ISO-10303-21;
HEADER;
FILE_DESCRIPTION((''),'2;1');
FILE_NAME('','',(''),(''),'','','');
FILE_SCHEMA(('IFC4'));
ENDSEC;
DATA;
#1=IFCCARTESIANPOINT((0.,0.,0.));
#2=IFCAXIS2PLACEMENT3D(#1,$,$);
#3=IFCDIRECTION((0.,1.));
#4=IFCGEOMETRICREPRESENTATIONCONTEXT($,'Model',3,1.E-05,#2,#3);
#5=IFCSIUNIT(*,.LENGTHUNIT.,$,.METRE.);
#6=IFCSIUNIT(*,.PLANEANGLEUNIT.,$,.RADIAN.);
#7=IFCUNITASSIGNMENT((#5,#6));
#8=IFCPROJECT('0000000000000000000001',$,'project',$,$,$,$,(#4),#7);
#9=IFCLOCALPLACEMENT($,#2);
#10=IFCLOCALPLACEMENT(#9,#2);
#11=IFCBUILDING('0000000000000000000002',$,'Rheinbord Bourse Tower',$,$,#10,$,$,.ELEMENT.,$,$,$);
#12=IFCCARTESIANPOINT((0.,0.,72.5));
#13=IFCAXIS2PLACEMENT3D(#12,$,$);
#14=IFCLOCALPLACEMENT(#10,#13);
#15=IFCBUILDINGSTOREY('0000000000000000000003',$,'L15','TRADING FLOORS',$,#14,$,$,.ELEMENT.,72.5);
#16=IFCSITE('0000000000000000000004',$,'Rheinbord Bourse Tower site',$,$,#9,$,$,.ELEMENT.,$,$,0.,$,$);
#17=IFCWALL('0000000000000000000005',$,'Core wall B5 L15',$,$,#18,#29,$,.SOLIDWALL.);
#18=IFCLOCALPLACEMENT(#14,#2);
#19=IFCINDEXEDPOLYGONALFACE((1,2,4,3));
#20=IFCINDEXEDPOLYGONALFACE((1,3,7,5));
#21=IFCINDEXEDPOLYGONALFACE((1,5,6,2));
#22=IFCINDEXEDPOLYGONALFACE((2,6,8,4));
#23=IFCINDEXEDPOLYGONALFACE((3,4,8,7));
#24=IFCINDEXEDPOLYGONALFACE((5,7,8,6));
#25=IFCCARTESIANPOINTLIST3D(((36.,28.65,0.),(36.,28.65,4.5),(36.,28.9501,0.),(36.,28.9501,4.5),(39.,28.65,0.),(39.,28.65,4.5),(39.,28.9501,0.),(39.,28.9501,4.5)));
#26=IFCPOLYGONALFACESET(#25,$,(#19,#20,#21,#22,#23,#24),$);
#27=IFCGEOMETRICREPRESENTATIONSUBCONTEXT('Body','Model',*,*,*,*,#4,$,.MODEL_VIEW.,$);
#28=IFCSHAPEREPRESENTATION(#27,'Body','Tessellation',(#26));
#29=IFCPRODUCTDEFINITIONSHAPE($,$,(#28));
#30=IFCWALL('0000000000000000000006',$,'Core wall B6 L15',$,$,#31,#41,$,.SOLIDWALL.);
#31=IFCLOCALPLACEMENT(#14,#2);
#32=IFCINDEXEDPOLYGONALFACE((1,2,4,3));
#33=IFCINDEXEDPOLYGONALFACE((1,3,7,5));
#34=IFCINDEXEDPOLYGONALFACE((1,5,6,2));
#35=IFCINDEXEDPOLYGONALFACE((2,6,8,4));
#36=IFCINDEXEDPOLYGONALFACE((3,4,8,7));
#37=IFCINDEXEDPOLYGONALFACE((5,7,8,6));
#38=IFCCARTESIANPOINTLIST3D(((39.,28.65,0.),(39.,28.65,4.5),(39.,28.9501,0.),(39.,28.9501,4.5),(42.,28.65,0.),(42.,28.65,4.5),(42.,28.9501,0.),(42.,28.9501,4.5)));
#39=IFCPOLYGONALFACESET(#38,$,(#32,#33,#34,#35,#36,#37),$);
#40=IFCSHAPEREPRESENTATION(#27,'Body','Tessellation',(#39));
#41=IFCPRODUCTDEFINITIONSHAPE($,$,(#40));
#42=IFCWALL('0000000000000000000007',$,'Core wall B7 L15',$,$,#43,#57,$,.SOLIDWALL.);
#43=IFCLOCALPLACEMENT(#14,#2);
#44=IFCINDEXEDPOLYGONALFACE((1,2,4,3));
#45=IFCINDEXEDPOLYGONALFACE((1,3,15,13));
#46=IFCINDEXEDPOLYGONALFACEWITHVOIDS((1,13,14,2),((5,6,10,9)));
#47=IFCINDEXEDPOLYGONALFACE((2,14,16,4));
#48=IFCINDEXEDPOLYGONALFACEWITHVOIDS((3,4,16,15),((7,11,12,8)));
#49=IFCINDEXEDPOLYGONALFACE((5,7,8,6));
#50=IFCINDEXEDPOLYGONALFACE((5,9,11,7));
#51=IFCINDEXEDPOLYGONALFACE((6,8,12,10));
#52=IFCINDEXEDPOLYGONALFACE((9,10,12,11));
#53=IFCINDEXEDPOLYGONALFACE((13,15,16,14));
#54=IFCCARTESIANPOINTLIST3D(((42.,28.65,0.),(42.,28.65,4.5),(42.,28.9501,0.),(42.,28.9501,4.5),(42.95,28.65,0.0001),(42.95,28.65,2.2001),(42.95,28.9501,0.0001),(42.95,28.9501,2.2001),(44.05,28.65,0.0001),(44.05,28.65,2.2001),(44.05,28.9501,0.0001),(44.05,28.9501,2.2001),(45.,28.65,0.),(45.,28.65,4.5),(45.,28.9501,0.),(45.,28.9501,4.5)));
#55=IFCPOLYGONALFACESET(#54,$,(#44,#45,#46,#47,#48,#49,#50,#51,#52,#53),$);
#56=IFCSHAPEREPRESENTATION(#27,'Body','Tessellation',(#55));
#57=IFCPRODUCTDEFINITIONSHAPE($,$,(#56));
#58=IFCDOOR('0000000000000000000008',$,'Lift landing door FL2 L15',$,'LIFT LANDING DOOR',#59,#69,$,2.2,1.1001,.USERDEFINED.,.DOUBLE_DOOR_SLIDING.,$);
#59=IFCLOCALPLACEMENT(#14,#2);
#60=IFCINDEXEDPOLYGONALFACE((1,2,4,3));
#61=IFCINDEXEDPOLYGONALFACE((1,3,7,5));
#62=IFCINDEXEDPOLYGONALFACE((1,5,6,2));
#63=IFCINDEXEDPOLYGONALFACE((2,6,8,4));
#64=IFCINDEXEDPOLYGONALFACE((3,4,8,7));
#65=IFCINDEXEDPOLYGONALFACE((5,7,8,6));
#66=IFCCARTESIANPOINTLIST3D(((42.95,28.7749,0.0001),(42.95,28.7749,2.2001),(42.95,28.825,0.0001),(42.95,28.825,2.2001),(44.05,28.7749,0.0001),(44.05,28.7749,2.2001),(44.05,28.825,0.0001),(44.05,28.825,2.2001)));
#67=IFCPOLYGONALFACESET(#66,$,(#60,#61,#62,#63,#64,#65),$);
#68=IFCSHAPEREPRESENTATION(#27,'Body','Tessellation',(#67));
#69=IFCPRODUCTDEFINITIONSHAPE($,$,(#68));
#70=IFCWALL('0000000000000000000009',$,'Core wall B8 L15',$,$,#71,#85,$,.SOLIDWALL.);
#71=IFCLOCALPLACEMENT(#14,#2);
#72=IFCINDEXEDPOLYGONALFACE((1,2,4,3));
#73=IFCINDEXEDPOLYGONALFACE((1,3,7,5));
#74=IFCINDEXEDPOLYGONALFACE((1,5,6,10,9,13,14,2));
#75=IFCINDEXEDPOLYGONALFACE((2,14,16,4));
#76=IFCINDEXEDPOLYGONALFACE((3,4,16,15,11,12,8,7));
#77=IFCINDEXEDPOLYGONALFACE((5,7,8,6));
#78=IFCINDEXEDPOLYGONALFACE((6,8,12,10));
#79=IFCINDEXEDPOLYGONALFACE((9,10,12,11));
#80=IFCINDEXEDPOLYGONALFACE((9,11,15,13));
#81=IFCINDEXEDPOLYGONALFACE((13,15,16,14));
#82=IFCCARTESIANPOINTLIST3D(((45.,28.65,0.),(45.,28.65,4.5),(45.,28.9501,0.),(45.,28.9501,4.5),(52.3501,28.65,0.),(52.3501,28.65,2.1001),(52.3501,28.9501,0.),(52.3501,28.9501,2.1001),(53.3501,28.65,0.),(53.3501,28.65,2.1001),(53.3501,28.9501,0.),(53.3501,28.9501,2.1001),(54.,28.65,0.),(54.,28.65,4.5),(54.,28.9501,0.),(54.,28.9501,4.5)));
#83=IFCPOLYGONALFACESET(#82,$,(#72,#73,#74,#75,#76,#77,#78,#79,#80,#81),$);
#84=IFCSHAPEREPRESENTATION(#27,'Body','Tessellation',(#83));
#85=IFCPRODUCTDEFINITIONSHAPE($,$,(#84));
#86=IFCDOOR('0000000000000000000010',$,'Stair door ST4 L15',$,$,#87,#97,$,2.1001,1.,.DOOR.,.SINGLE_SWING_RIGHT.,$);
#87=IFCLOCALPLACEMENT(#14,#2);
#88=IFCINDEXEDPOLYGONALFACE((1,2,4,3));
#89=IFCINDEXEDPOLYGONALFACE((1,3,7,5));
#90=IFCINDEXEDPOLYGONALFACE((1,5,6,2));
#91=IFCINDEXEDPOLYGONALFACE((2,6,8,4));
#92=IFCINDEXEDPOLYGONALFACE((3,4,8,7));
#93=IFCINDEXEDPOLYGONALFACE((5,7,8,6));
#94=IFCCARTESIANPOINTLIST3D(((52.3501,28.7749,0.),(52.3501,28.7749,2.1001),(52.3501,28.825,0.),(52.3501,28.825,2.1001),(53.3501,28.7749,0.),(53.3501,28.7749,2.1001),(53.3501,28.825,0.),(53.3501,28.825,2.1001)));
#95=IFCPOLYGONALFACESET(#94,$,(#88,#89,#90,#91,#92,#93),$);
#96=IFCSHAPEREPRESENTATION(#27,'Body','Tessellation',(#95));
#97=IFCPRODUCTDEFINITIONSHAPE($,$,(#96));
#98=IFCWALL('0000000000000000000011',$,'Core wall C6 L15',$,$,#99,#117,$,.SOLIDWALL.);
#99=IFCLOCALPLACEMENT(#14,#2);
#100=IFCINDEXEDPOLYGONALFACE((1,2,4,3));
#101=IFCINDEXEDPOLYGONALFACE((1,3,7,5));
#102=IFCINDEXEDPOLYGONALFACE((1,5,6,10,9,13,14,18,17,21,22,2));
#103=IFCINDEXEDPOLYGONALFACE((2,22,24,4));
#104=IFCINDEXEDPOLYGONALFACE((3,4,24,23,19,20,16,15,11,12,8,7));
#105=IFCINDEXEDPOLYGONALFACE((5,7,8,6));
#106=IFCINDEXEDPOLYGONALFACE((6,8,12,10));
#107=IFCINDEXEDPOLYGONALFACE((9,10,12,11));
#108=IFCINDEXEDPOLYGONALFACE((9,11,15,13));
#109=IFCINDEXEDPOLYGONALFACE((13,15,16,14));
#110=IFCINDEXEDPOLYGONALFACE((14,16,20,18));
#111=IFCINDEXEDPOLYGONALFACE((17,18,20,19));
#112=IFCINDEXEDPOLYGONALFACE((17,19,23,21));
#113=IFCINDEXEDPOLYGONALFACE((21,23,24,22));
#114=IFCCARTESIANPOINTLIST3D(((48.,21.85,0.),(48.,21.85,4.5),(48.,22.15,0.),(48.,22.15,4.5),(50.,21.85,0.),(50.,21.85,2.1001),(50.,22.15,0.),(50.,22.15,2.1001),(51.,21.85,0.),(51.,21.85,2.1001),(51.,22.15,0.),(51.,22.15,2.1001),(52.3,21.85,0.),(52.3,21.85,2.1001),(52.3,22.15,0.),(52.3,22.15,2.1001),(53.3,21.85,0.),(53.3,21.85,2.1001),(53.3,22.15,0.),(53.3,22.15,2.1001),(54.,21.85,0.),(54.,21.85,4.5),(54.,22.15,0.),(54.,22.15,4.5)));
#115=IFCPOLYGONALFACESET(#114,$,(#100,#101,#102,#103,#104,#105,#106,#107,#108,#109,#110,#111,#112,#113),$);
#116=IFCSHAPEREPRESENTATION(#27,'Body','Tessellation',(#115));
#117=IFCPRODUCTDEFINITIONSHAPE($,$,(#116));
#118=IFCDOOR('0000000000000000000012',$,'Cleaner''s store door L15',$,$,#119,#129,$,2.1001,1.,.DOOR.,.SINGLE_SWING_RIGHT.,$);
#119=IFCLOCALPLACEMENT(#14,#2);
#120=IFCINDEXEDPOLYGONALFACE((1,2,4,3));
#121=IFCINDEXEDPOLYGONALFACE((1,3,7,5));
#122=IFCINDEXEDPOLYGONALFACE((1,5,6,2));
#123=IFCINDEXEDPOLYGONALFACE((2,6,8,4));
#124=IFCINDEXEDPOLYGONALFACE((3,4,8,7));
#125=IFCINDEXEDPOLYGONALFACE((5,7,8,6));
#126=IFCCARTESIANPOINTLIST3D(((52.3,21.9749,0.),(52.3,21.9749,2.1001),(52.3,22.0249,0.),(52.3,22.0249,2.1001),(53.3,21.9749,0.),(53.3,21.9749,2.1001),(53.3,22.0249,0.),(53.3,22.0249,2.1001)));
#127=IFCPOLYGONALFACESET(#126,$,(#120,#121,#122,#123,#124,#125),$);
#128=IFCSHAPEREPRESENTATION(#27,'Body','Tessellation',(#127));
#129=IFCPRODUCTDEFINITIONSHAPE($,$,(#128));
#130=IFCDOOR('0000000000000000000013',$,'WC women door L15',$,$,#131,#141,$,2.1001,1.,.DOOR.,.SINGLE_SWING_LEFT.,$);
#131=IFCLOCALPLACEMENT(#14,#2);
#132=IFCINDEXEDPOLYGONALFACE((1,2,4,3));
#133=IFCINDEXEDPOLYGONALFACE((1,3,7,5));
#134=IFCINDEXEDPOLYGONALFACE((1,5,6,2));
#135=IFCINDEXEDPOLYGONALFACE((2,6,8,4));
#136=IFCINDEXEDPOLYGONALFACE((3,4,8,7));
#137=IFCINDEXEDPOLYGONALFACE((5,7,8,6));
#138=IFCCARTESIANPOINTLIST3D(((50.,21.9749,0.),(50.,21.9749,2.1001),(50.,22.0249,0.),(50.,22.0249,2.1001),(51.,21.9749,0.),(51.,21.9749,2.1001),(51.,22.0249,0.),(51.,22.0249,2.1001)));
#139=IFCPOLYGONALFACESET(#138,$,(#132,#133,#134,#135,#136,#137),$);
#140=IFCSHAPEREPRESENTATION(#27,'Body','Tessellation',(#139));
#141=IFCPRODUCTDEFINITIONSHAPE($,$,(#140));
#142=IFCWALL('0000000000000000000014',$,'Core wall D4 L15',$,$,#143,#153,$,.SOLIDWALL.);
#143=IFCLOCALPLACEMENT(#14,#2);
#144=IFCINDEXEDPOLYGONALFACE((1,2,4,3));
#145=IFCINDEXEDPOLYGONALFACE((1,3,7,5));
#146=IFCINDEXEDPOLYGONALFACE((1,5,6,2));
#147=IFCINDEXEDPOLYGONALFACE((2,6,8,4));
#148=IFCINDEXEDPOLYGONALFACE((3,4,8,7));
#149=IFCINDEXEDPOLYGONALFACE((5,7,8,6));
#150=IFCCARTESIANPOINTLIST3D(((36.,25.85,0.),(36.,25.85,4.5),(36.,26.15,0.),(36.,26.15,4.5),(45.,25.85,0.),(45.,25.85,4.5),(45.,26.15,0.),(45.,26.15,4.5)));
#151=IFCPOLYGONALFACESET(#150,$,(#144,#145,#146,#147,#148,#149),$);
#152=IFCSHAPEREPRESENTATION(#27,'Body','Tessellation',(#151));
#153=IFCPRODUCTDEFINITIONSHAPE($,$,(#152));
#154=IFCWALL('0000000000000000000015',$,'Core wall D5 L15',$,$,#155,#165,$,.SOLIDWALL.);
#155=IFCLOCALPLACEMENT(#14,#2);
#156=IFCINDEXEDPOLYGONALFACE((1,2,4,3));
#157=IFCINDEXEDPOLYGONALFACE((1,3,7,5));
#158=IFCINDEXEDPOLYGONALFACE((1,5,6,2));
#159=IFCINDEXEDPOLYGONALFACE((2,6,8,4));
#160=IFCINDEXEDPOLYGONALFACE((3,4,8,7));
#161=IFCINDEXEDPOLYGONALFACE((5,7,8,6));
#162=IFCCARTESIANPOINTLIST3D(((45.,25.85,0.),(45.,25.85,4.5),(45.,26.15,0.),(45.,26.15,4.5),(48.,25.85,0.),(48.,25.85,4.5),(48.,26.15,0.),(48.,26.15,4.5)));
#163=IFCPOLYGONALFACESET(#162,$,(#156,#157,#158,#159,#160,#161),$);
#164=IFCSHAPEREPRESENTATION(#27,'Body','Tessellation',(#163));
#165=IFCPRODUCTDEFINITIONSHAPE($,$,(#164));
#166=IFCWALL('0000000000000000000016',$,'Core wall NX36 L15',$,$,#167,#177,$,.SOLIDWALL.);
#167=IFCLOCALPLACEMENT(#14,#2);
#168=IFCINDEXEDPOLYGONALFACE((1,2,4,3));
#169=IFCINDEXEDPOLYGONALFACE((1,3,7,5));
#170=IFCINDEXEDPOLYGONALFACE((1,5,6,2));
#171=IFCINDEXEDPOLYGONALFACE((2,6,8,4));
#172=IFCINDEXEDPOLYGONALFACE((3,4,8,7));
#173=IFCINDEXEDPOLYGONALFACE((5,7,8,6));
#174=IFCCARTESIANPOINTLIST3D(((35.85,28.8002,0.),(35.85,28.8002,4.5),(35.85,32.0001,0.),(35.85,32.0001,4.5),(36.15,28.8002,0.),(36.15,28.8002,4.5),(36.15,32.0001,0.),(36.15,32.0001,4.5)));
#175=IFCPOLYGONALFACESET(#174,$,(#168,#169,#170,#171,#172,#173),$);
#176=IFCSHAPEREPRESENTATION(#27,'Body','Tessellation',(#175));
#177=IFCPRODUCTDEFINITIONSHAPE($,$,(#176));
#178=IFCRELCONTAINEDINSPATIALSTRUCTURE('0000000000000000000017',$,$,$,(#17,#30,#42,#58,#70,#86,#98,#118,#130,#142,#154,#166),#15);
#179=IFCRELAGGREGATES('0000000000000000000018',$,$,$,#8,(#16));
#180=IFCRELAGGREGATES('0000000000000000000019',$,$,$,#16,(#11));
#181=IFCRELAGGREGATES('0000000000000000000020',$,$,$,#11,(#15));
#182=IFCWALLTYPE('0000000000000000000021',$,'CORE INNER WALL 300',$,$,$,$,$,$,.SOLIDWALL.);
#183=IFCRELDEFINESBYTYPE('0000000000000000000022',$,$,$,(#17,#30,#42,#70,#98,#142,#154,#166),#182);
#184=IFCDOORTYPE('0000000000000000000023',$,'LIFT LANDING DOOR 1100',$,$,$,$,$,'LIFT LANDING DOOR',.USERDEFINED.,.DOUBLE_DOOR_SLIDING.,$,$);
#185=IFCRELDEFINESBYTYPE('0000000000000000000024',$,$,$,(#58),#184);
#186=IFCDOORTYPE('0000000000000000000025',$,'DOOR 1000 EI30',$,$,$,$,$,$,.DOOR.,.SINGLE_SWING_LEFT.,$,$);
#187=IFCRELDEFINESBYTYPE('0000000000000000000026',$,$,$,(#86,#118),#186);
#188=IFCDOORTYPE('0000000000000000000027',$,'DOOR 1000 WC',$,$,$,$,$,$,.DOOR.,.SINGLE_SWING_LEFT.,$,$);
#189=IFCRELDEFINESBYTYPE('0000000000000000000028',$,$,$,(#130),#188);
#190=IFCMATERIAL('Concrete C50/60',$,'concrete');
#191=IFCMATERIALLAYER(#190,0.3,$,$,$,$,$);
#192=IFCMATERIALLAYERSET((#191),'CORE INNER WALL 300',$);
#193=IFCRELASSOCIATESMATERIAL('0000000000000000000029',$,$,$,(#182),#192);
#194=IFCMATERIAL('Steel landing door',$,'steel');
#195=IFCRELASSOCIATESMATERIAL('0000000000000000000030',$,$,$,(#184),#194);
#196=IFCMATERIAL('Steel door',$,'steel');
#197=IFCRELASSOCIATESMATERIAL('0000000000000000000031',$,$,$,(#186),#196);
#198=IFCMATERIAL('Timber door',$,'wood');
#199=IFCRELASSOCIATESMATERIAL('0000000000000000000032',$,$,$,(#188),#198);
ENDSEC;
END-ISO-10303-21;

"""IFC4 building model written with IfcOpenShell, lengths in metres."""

from ifc_helpers import new_model, si_unit, direction, frame, frame_2d, origin, place, context, subcontext, project, spatial, rectangle, extrude, material, layer, layer_set, type_object, element, fill, save


model = new_model("IFC4")

# Units and contexts
model_context = context("Model", 3, precision=1e-05, world=origin(), true_north=direction((0.0, 1.0)))
body_context = subcontext(model_context, "Body", "Model", "MODEL_VIEW")
ifc_project = project(units=[si_unit("LENGTHUNIT", "METRE"), si_unit("PLANEANGLEUNIT", "RADIAN")], contexts=[model_context])

# Site, building, storey
site_placement = place(None, origin())
site = spatial("IfcSite", under=ifc_project, at=site_placement, Name="Rheinbord Bourse Tower site", CompositionType="ELEMENT", RefElevation=0.0)
building_placement = place(site_placement, origin())
building = spatial("IfcBuilding", under=site, at=building_placement, Name="Rheinbord Bourse Tower", CompositionType="ELEMENT")
storey_placement = place(building_placement, frame((0.0, 0.0, 72.5)))
storey = spatial("IfcBuildingStorey", under=building, at=storey_placement, Name="L15", Description="TRADING FLOORS", CompositionType="ELEMENT", Elevation=72.5)

# Walls
ifc_material_1 = material(Name="Concrete C50/60", Category="concrete")
ifc_layer_1 = layer(ifc_material_1, 0.3)
ifc_layer_set_1 = layer_set([ifc_layer_1], Name="CORE INNER WALL 300")
wall_type_1 = type_object("IfcWallType", Name="CORE INNER WALL 300", PredefinedType="SOLIDWALL", material=ifc_layer_set_1)
for number, where, z_axis, x_axis, name in (
    (1, (36.0, 28.8, 0.0), (0.0, 0.0, 1.0), (1.0, 0.0, 0.0), "Core wall B5 L15"),
    (2, (39.0, 28.8, 0.0), (0.0, 0.0, 1.0), (1.0, 0.0, 0.0), "Core wall B6 L15"),
):
    element("IfcWall", number, at=place(storey_placement, frame(where, z_axis=z_axis, x_axis=x_axis)), inside=storey, type_object=wall_type_1, Name=name, PredefinedType="SOLIDWALL", context=body_context, shape_type="SweptSolid", body=[
        extrude(rectangle(XDim=3.0, YDim=0.3, at=frame_2d((1.5, 0.0))), origin(), (0.0, 0.0, 1.0), 4.5),
    ])

# Walls, openings, doors
wall_1_placement = place(storey_placement, frame((42.0, 28.8, 0.0), z_axis=(0.0, 0.0, 1.0), x_axis=(1.0, 0.0, 0.0)))
wall_1 = element("IfcWall", 3, at=wall_1_placement, inside=storey, type_object=wall_type_1, Name="Core wall B7 L15", PredefinedType="SOLIDWALL", context=body_context, shape_type="SweptSolid", body=[
    extrude(rectangle(XDim=3.0, YDim=0.3, at=frame_2d((1.5, 0.0))), origin(), (0.0, 0.0, 1.0), 4.5),
])
opening_1_placement = place(wall_1_placement, frame((0.95, 0.0, 0.0)))
opening_1 = element("IfcOpeningElement", 4, at=opening_1_placement, cuts=wall_1, PredefinedType="OPENING", context=body_context, shape_type="SweptSolid", body=[
    extrude(rectangle(XDim=1.1001, YDim=2.2, at=frame_2d((0.55, 1.1001))), frame((0.0, 0.1599, 0.0), z_axis=(0.0, -1.0, 0.0), x_axis=(1.0, 0.0, 0.0)), (0.0, 0.0, 1.0), 0.3201),
])
ifc_material_2 = material(Name="Steel landing door", Category="steel")
door_type_1 = type_object("IfcDoorType", Name="LIFT LANDING DOOR 1100", ElementType="LIFT LANDING DOOR", OperationType="DOUBLE_DOOR_SLIDING", PredefinedType="USERDEFINED", material=ifc_material_2)
door_1_placement = place(opening_1_placement, origin())
door_1 = element("IfcDoor", 5, at=door_1_placement, inside=storey, type_object=door_type_1, Name="Lift landing door FL2 L15", ObjectType="LIFT LANDING DOOR", OperationType="DOUBLE_DOOR_SLIDING", OverallHeight=2.2, OverallWidth=1.1001, PredefinedType="USERDEFINED", context=body_context, shape_type="SweptSolid", body=[
    extrude(rectangle(XDim=1.1001, YDim=2.2, at=frame_2d((0.55, 1.1001))), frame((0.0, 0.0249, 0.0), z_axis=(0.0, -1.0, 0.0), x_axis=(1.0, 0.0, 0.0)), (0.0, 0.0, 1.0), 0.05),
])
fill(opening_1, door_1)
wall_2_placement = place(storey_placement, frame((45.0, 28.8, 0.0), z_axis=(0.0, 0.0, 1.0), x_axis=(1.0, 0.0, 0.0)))
wall_2 = element("IfcWall", 6, at=wall_2_placement, inside=storey, type_object=wall_type_1, Name="Core wall B8 L15", PredefinedType="SOLIDWALL", context=body_context, shape_type="SweptSolid", body=[
    extrude(rectangle(XDim=9.0, YDim=0.3, at=frame_2d((4.5, 0.0))), origin(), (0.0, 0.0, 1.0), 4.5),
])
opening_2_placement = place(wall_2_placement, frame((7.3501, 0.0, 0.0)))
opening_2 = element("IfcOpeningElement", 7, at=opening_2_placement, cuts=wall_2, PredefinedType="OPENING", context=body_context, shape_type="SweptSolid", body=[
    extrude(rectangle(XDim=1.0, YDim=2.1001, at=frame_2d((0.5, 1.05))), frame((0.0, 0.1599, 0.0), z_axis=(0.0, -1.0, 0.0), x_axis=(1.0, 0.0, 0.0)), (0.0, 0.0, 1.0), 0.3201),
])
ifc_material_3 = material(Name="Steel door", Category="steel")
door_type_2 = type_object("IfcDoorType", Name="DOOR 1000 EI30", OperationType="SINGLE_SWING_LEFT", PredefinedType="DOOR", material=ifc_material_3)
door_2_placement = place(opening_2_placement, origin())
door_2 = element("IfcDoor", 8, at=door_2_placement, inside=storey, type_object=door_type_2, Name="Stair door ST4 L15", OperationType="SINGLE_SWING_RIGHT", OverallHeight=2.1001, OverallWidth=1.0, PredefinedType="DOOR", context=body_context, shape_type="SweptSolid", body=[
    extrude(rectangle(XDim=1.0, YDim=2.1001, at=frame_2d((0.5, 1.05))), frame((0.0, 0.0249, 0.0), z_axis=(0.0, -1.0, 0.0), x_axis=(1.0, 0.0, 0.0)), (0.0, 0.0, 1.0), 0.05),
])
fill(opening_2, door_2)

# Wall, openings, doors
wall_3_placement = place(storey_placement, frame((48.0, 22.0, 0.0), z_axis=(0.0, 0.0, 1.0), x_axis=(1.0, 0.0, 0.0)))
wall_3 = element("IfcWall", 9, at=wall_3_placement, inside=storey, type_object=wall_type_1, Name="Core wall C6 L15", PredefinedType="SOLIDWALL", context=body_context, shape_type="SweptSolid", body=[
    extrude(rectangle(XDim=6.0, YDim=0.3, at=frame_2d((3.0, 0.0))), origin(), (0.0, 0.0, 1.0), 4.5),
])
opening_3_placement = place(wall_3_placement, frame((2.0, 0.0, 0.0)))
opening_3 = element("IfcOpeningElement", 10, at=opening_3_placement, cuts=wall_3, PredefinedType="OPENING", context=body_context, shape_type="SweptSolid", body=[
    extrude(rectangle(XDim=1.0, YDim=2.1001, at=frame_2d((0.5, 1.05))), frame((0.0, 0.1599, 0.0), z_axis=(0.0, -1.0, 0.0), x_axis=(1.0, 0.0, 0.0)), (0.0, 0.0, 1.0), 0.3201),
])
opening_4_placement = place(wall_3_placement, frame((4.3, 0.0, 0.0)))
opening_4 = element("IfcOpeningElement", 11, at=opening_4_placement, cuts=wall_3, PredefinedType="OPENING", context=body_context, shape_type="SweptSolid", body=[
    extrude(rectangle(XDim=1.0, YDim=2.1001, at=frame_2d((0.5, 1.05))), frame((0.0, 0.1599, 0.0), z_axis=(0.0, -1.0, 0.0), x_axis=(1.0, 0.0, 0.0)), (0.0, 0.0, 1.0), 0.3201),
])
door_3_placement = place(opening_4_placement, origin())
door_3 = element("IfcDoor", 12, at=door_3_placement, inside=storey, type_object=door_type_2, Name="Cleaner's store door L15", OperationType="SINGLE_SWING_RIGHT", OverallHeight=2.1001, OverallWidth=1.0, PredefinedType="DOOR", context=body_context, shape_type="SweptSolid", body=[
    extrude(rectangle(XDim=1.0, YDim=2.1001, at=frame_2d((0.5, 1.05))), frame((0.0, 0.0249, 0.0), z_axis=(0.0, -1.0, 0.0), x_axis=(1.0, 0.0, 0.0)), (0.0, 0.0, 1.0), 0.05),
])
fill(opening_4, door_3)
ifc_material_4 = material(Name="Timber door", Category="wood")
door_type_3 = type_object("IfcDoorType", Name="DOOR 1000 WC", OperationType="SINGLE_SWING_LEFT", PredefinedType="DOOR", material=ifc_material_4)
door_4_placement = place(opening_3_placement, origin())
door_4 = element("IfcDoor", 13, at=door_4_placement, inside=storey, type_object=door_type_3, Name="WC women door L15", OperationType="SINGLE_SWING_LEFT", OverallHeight=2.1001, OverallWidth=1.0, PredefinedType="DOOR", context=body_context, shape_type="SweptSolid", body=[
    extrude(rectangle(XDim=1.0, YDim=2.1001, at=frame_2d((0.5, 1.05))), frame((0.0, 0.0249, 0.0), z_axis=(0.0, -1.0, 0.0), x_axis=(1.0, 0.0, 0.0)), (0.0, 0.0, 1.0), 0.05),
])
fill(opening_3, door_4)

# Walls
wall_4_placement = place(storey_placement, frame((36.0, 26.0, 0.0), z_axis=(0.0, 0.0, 1.0), x_axis=(1.0, 0.0, 0.0)))
element("IfcWall", 14, at=wall_4_placement, inside=storey, type_object=wall_type_1, Name="Core wall D4 L15", PredefinedType="SOLIDWALL", context=body_context, shape_type="SweptSolid", body=[
    extrude(rectangle(XDim=9.0, YDim=0.3, at=frame_2d((4.5, 0.0))), origin(), (0.0, 0.0, 1.0), 4.5),
])
wall_5_placement = place(storey_placement, frame((45.0, 26.0, 0.0), z_axis=(0.0, 0.0, 1.0), x_axis=(1.0, 0.0, 0.0)))
element("IfcWall", 15, at=wall_5_placement, inside=storey, type_object=wall_type_1, Name="Core wall D5 L15", PredefinedType="SOLIDWALL", context=body_context, shape_type="SweptSolid", body=[
    extrude(rectangle(XDim=3.0, YDim=0.3, at=frame_2d((1.5, 0.0))), origin(), (0.0, 0.0, 1.0), 4.5),
])
for number, where, z_axis, x_axis, name in (
    (16, (36.0, 28.8, 0.0), (0.0, 0.0, 1.0), (0.0, 1.0, 0.0), "Core wall NX36 L15"),
):
    element("IfcWall", number, at=place(storey_placement, frame(where, z_axis=z_axis, x_axis=x_axis)), inside=storey, type_object=wall_type_1, Name=name, PredefinedType="SOLIDWALL", context=body_context, shape_type="SweptSolid", body=[
        extrude(rectangle(XDim=3.2, YDim=0.3, at=frame_2d((1.6001, 0.0))), origin(), (0.0, 0.0, 1.0), 4.5),
    ])

save(model, "model.ifc")
